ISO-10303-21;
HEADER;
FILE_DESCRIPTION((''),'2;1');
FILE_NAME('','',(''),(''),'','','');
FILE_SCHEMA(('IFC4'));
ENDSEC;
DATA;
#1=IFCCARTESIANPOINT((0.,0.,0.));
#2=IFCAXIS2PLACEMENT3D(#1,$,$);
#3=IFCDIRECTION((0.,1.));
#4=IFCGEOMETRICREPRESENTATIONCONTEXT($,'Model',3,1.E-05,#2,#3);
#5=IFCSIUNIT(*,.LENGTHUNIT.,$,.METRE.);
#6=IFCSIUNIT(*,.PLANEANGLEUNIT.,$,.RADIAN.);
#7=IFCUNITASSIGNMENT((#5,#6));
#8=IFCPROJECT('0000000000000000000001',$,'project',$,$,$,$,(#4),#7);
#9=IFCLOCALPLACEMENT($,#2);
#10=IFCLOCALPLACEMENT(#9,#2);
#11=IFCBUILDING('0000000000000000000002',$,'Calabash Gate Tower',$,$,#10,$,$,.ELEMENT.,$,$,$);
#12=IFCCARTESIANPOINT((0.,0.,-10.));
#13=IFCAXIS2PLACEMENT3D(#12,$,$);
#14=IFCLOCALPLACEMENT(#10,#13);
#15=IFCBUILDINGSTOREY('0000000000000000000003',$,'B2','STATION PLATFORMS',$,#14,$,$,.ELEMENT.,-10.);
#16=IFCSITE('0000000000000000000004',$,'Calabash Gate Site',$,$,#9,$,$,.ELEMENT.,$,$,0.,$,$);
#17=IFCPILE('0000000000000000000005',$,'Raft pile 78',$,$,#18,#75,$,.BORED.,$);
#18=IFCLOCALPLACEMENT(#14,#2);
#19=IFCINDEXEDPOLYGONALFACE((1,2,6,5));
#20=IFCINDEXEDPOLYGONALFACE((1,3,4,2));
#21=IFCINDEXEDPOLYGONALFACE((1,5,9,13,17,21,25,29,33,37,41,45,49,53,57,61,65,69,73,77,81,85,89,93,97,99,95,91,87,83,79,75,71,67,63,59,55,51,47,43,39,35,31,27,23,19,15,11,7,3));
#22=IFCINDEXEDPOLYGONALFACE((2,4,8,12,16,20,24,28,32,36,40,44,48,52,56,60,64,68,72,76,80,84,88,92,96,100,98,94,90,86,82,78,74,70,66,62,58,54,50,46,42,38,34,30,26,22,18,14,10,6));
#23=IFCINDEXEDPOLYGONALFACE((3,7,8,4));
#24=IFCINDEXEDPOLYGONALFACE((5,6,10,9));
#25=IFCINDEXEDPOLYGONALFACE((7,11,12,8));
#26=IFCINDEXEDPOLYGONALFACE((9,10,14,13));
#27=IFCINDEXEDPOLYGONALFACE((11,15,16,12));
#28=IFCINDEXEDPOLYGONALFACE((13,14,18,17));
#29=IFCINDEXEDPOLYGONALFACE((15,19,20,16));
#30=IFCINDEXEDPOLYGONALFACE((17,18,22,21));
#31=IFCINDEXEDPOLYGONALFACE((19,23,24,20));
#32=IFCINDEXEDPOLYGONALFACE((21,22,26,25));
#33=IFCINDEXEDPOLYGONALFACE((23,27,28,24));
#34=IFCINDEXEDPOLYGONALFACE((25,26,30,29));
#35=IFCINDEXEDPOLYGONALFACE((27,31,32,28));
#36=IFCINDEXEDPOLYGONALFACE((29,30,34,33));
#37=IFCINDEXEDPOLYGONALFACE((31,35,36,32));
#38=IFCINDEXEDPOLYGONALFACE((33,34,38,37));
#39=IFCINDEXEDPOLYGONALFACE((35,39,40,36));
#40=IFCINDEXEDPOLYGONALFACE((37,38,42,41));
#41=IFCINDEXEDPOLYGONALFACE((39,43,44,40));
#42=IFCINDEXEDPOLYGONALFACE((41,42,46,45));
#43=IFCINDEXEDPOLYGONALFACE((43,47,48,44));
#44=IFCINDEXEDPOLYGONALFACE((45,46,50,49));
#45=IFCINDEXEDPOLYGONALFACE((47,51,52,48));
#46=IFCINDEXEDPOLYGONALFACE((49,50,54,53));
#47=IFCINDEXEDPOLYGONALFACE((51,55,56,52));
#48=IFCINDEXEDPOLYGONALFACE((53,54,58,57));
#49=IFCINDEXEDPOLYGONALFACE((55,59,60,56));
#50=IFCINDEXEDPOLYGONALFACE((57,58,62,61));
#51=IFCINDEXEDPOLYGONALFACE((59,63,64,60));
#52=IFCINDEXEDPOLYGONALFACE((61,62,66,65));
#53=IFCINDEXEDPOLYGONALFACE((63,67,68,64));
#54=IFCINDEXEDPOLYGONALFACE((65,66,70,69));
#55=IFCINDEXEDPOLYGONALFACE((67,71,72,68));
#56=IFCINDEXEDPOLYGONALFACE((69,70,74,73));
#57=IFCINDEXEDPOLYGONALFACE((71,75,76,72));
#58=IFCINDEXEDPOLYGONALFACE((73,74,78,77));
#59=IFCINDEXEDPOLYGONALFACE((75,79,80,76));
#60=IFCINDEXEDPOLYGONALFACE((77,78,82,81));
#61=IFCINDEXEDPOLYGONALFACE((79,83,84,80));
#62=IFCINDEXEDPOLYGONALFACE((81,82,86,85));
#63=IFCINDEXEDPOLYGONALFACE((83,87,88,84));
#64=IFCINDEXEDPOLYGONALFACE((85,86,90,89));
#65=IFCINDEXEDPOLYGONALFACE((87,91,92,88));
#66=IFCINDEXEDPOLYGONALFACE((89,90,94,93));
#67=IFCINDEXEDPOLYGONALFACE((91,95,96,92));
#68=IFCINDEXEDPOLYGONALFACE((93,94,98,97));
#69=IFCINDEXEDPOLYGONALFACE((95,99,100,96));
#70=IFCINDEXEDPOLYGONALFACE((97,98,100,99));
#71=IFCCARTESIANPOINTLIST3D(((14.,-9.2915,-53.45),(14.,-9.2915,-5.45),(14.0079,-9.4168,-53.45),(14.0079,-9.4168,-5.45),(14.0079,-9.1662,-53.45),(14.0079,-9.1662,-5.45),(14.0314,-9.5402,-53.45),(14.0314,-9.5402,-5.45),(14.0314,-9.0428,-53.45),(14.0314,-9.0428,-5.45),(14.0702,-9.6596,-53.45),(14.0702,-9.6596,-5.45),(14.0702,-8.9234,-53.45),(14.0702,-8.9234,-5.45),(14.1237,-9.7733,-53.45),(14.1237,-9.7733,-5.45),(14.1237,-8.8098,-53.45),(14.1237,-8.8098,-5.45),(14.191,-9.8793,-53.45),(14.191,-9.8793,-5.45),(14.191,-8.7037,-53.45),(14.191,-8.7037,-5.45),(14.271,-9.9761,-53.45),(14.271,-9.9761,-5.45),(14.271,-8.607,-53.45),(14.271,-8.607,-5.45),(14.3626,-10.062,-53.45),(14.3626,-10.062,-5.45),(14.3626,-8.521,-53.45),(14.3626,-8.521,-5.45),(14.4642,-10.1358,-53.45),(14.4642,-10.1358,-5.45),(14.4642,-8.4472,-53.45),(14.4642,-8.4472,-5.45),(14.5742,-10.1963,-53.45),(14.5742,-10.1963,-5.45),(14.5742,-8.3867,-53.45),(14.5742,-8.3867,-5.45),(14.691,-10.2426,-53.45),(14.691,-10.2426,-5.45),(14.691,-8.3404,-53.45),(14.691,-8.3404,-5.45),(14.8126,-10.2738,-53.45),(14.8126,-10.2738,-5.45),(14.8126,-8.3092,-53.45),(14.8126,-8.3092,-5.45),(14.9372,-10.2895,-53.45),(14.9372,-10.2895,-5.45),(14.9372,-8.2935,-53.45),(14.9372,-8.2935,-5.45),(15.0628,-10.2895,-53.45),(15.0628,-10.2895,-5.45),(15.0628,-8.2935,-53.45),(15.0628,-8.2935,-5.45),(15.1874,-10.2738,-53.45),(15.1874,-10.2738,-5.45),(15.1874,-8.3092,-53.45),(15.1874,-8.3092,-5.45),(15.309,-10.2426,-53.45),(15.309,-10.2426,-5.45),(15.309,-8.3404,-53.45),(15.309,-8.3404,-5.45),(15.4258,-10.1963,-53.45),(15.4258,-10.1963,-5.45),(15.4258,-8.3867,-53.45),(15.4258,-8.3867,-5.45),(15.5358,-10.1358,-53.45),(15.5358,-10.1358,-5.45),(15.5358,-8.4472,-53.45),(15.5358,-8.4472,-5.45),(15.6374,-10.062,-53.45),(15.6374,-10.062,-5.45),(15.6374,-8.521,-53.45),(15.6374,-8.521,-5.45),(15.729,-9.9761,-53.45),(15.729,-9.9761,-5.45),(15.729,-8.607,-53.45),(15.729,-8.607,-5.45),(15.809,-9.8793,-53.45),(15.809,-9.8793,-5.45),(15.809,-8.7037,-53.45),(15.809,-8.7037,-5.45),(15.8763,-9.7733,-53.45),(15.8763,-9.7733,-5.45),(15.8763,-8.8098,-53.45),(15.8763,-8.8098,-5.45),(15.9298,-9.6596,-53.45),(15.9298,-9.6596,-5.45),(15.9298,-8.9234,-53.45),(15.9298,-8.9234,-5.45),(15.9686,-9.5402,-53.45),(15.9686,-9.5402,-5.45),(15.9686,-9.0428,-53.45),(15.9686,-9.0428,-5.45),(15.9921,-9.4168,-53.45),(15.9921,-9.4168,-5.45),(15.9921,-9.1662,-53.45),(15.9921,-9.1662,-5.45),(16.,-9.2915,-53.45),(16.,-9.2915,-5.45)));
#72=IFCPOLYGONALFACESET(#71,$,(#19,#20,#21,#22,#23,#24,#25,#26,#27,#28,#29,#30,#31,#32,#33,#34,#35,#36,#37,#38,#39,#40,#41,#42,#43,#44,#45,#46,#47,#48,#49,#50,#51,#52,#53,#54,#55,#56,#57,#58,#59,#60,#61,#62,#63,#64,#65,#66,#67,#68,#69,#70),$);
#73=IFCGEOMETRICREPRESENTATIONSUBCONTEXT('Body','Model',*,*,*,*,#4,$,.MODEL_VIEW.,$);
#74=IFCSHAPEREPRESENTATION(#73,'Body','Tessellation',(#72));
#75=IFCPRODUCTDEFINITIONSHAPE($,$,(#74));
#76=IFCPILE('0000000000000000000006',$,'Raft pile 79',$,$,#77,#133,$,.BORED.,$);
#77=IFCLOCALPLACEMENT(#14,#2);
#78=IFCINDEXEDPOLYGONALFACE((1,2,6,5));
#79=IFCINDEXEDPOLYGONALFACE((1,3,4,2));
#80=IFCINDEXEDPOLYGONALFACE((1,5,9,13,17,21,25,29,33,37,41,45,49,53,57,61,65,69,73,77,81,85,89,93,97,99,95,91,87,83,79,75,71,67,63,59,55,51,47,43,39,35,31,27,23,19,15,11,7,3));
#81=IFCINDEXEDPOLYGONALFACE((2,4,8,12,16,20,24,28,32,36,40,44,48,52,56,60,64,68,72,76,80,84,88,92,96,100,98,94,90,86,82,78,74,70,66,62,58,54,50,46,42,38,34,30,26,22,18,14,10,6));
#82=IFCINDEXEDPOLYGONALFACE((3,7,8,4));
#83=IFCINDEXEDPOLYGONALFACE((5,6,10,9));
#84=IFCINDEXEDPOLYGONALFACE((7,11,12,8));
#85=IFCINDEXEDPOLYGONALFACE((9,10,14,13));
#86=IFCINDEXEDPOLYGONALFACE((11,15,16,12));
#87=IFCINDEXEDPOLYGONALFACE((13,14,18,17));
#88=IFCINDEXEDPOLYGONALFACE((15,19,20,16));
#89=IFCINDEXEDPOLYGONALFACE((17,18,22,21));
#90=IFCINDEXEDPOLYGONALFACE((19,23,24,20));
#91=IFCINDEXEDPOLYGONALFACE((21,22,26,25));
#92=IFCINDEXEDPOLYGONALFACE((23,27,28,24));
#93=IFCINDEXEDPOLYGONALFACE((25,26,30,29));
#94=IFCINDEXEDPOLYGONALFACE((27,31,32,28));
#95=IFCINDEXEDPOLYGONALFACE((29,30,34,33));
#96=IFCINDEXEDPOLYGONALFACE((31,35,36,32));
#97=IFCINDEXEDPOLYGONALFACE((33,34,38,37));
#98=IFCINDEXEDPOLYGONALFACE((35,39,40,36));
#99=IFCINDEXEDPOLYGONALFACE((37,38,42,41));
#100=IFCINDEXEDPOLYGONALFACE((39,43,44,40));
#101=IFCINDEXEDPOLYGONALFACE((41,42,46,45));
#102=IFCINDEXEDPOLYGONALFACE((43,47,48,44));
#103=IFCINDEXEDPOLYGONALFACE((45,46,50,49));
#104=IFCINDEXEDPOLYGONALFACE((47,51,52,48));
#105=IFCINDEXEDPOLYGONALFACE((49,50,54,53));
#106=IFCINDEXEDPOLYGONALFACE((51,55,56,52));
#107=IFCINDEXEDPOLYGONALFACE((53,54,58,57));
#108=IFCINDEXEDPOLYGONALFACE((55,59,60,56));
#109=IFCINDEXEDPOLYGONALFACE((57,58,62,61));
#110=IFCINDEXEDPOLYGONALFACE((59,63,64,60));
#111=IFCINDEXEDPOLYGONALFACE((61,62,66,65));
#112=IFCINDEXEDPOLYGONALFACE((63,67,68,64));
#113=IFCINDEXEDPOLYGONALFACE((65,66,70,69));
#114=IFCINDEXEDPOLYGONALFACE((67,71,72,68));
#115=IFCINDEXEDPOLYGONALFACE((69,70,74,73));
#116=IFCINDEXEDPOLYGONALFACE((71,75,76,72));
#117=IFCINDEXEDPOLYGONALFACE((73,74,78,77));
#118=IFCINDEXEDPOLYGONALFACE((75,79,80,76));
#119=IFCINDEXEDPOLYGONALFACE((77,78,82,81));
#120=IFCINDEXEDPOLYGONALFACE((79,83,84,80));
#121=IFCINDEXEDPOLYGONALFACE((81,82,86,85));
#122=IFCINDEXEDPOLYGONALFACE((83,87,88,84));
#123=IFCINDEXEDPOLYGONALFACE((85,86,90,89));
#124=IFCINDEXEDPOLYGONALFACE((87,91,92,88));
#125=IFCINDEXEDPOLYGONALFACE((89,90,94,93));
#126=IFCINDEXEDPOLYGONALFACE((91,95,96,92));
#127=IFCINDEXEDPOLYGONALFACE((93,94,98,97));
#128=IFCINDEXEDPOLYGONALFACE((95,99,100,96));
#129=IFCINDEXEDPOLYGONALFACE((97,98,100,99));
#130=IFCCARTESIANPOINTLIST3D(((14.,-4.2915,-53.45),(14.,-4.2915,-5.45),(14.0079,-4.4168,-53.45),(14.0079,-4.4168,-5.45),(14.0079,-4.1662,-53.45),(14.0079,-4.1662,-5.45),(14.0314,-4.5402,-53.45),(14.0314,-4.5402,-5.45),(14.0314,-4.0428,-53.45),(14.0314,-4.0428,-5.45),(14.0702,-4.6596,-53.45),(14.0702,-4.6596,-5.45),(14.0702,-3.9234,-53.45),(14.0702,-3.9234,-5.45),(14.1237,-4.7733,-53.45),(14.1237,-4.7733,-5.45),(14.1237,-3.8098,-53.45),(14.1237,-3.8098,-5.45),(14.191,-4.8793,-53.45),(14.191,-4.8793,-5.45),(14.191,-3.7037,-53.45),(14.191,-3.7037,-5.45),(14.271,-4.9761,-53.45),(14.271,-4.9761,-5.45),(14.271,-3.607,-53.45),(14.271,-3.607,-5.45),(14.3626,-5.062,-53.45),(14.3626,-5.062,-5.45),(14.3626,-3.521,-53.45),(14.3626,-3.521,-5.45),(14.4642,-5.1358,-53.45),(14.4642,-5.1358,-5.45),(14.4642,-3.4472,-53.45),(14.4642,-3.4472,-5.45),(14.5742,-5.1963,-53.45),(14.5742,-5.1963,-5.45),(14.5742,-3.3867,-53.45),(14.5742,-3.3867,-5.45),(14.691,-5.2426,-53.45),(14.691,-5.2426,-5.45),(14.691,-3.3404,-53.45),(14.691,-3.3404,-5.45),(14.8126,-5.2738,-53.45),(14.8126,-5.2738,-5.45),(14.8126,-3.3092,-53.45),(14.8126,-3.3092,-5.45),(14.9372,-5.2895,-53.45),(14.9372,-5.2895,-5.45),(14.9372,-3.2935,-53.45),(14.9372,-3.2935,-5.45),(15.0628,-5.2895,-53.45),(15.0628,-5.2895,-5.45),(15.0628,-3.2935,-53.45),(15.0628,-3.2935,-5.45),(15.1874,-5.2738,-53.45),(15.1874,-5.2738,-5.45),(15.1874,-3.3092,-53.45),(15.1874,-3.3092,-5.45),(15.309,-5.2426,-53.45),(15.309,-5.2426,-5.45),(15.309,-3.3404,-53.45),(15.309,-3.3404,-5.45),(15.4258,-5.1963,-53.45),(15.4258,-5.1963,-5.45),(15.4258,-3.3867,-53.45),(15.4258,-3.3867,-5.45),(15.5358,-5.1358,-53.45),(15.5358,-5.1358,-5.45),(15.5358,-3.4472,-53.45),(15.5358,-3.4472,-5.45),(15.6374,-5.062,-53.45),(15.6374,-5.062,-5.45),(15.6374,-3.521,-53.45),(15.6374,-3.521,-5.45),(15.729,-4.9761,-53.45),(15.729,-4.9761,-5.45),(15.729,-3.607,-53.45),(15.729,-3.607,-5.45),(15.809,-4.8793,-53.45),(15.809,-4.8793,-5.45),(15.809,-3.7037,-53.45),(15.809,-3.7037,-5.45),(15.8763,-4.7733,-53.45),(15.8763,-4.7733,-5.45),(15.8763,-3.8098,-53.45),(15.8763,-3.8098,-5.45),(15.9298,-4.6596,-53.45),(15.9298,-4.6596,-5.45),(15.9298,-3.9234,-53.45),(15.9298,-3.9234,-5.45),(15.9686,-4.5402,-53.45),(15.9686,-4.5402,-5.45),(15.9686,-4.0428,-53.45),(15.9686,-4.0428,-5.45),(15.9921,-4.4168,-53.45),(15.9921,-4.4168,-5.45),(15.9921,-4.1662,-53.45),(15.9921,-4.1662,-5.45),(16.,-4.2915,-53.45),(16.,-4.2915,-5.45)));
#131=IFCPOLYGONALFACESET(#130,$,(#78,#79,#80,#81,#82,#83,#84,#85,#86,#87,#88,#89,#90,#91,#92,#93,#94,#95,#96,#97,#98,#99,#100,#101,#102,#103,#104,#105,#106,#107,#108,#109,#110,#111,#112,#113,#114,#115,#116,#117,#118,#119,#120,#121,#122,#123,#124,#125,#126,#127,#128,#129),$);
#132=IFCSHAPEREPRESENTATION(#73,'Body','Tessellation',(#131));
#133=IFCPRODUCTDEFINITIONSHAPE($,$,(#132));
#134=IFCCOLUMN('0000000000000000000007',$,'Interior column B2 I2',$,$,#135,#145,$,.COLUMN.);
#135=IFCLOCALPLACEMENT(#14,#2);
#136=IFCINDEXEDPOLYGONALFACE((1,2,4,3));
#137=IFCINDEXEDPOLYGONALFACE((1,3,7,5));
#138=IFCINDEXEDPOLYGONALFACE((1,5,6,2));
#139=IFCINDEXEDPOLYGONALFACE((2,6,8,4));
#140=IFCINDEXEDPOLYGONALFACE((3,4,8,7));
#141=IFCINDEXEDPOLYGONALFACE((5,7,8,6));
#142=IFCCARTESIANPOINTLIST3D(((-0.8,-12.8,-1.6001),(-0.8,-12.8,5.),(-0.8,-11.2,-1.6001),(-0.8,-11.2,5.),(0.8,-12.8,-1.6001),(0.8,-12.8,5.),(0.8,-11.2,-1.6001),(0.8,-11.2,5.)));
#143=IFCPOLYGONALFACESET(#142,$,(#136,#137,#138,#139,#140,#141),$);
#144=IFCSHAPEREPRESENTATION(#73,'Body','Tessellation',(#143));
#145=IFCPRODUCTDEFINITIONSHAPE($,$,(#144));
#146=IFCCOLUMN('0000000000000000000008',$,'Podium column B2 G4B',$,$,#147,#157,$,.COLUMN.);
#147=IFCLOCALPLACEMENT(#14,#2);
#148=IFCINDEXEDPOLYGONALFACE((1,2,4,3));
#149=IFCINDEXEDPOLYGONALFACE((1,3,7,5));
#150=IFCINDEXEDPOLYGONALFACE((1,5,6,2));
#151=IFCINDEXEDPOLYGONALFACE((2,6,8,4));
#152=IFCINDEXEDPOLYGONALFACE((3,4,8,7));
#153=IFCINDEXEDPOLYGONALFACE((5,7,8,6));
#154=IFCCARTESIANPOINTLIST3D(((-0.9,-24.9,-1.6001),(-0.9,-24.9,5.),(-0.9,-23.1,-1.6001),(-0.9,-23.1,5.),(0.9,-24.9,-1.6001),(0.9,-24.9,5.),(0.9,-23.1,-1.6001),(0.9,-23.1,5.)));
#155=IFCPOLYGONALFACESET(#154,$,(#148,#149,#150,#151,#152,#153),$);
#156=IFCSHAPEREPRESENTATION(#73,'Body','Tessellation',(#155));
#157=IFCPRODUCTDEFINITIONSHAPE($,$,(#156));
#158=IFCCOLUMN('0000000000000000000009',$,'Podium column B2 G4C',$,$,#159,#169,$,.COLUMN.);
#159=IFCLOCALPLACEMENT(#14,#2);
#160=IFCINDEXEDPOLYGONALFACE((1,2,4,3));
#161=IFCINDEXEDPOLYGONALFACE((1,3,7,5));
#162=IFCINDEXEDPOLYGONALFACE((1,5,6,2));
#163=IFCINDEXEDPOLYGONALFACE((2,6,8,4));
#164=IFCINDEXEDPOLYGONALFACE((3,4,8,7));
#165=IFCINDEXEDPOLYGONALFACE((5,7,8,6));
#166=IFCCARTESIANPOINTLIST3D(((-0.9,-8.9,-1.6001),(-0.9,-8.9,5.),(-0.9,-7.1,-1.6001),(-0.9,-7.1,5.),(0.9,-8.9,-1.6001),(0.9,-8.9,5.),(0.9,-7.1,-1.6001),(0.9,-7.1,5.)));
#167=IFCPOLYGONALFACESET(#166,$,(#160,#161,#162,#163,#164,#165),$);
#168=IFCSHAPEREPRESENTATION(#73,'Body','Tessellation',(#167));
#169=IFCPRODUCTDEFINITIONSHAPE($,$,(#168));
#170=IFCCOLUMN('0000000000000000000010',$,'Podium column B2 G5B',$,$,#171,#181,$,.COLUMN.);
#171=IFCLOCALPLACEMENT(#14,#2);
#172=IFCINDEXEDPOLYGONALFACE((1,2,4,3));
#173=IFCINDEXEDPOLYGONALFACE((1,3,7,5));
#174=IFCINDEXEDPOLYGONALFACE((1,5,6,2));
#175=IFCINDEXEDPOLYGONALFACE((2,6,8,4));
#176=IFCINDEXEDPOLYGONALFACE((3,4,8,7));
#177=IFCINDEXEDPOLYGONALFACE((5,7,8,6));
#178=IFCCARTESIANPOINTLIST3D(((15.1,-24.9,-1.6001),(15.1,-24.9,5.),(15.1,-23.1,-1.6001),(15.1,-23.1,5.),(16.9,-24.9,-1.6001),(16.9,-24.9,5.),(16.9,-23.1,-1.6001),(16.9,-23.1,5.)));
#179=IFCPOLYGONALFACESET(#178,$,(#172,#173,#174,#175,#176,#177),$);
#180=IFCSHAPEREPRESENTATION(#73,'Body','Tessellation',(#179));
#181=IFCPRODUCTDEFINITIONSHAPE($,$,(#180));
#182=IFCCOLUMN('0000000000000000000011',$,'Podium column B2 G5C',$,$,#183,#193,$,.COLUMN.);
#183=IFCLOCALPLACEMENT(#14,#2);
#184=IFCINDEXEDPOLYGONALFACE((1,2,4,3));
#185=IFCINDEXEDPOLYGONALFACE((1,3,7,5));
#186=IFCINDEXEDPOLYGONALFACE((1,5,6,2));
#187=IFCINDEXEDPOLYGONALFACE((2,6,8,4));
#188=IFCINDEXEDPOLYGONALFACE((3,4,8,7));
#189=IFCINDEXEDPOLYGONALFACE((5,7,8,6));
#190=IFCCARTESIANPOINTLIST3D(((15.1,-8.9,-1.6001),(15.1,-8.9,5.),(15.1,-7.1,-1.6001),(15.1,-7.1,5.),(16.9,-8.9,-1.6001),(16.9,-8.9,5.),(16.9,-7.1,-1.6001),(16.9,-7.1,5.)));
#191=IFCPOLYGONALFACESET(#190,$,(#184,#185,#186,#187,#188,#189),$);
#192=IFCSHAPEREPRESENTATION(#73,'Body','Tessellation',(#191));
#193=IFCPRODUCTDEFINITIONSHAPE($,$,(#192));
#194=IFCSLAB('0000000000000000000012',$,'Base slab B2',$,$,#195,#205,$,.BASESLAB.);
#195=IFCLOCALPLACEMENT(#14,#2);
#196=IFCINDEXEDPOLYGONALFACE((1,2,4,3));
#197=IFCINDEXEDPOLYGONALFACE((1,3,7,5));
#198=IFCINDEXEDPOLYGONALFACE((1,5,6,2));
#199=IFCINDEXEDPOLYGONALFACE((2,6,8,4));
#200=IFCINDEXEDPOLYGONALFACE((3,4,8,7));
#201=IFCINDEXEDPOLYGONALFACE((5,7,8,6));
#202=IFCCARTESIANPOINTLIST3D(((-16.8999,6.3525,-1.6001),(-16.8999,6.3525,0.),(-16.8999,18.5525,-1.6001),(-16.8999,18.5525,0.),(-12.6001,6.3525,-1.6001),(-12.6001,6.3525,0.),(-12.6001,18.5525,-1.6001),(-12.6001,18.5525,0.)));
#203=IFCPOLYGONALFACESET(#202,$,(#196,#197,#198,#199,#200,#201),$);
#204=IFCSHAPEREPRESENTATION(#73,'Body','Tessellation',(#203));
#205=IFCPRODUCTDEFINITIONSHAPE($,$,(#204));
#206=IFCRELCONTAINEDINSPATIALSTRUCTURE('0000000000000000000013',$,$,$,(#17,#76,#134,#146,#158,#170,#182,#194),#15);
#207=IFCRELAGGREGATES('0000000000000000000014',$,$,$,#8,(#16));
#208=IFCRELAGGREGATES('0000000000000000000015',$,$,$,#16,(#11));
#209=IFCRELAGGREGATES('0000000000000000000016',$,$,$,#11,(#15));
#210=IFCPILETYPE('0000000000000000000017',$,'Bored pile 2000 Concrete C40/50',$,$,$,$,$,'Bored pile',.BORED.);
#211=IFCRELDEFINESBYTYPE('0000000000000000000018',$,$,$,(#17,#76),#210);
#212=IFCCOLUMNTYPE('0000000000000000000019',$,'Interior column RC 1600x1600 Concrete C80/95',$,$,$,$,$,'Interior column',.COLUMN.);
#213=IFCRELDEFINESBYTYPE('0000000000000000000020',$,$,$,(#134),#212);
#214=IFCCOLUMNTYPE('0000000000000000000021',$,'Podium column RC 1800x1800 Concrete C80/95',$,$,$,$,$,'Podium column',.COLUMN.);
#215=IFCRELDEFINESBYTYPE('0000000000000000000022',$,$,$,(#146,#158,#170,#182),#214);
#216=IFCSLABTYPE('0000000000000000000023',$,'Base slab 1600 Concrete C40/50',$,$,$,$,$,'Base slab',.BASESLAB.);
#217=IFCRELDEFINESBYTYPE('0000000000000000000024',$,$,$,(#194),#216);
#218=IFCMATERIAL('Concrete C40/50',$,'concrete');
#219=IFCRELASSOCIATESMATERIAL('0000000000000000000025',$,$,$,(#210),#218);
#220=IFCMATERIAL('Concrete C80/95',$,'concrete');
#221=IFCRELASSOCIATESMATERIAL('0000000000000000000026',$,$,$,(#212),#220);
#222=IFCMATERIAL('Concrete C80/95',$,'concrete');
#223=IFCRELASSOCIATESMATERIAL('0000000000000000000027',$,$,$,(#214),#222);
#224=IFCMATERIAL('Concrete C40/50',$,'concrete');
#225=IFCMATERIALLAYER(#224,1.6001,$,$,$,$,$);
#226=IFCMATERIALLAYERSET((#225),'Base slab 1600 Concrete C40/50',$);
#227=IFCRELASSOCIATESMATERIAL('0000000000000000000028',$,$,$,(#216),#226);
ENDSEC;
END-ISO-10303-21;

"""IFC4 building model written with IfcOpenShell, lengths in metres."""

from ifc_helpers import new_model, si_unit, direction, frame, origin, origin_2d, place, context, subcontext, project, spatial, polyline, rectangle, circle, outline, extrude, material, layer, layer_set, material_profile, profile_set, type_object, element, save


model = new_model("IFC4")

# Units and contexts
model_context = context("Model", 3, precision=1e-05, world=origin(), true_north=direction((0.0, 1.0)))
body_context = subcontext(model_context, "Body", "Model", "MODEL_VIEW")
ifc_project = project(units=[si_unit("LENGTHUNIT", "METRE"), si_unit("PLANEANGLEUNIT", "RADIAN")], contexts=[model_context])

# Site, building, storey
site_placement = place(None, origin())
site = spatial("IfcSite", under=ifc_project, at=site_placement, Name="Calabash Gate Site", CompositionType="ELEMENT", RefElevation=0.0)
building_placement = place(site_placement, origin())
building = spatial("IfcBuilding", under=site, at=building_placement, Name="Calabash Gate Tower", CompositionType="ELEMENT")
storey_placement = place(building_placement, frame((0.0, 0.0, -10.0)))
storey = spatial("IfcBuildingStorey", under=building, at=storey_placement, Name="B2", Description="STATION PLATFORMS", CompositionType="ELEMENT", Elevation=-10.0)

# Piles
ifc_material_1 = material(Name="Concrete C40/50", Category="concrete")
ifc_material_profile_1 = material_profile(ifc_material_1, circle(Radius=1.0, at=origin_2d()))
ifc_profile_set_1 = profile_set([ifc_material_profile_1], Name="Concrete C40/50")
pile_type = type_object("IfcPileType", Name="Bored pile 2000 Concrete C40/50", ElementType="Bored pile", PredefinedType="BORED", material=ifc_profile_set_1)
for number, where, z_axis, x_axis, name in (
    (1, (15.0, -9.2915, -5.45), (0.0, 0.0, -1.0), (1.0, 0.0, 0.0), "Raft pile 78"),
    (2, (15.0, -4.2915, -5.45), (0.0, 0.0, -1.0), (1.0, 0.0, 0.0), "Raft pile 79"),
):
    element("IfcPile", number, at=place(storey_placement, frame(where, z_axis=z_axis, x_axis=x_axis)), inside=storey, type_object=pile_type, Name=name, PredefinedType="BORED", context=body_context, shape_type="SweptSolid", body=[
        extrude(circle(Radius=1.0, at=origin_2d()), origin(), (0.0, 0.0, 1.0), 48.0),
    ])

# Columns
ifc_material_2 = material(Name="Concrete C80/95", Category="concrete")
ifc_material_profile_2 = material_profile(ifc_material_2, rectangle(XDim=1.6001, YDim=1.6001, at=origin_2d()))
ifc_profile_set_2 = profile_set([ifc_material_profile_2], Name="Concrete C80/95")
column_type_1 = type_object("IfcColumnType", Name="Interior column RC 1600x1600 Concrete C80/95", ElementType="Interior column", PredefinedType="COLUMN", material=ifc_profile_set_2)
column_placement = place(storey_placement, frame((0.0, -12.0, -1.6001), z_axis=(0.0, 0.0, 1.0), x_axis=(1.0, 0.0, 0.0)))
element("IfcColumn", 3, at=column_placement, inside=storey, type_object=column_type_1, Name="Interior column B2 I2", PredefinedType="COLUMN", context=body_context, shape_type="SweptSolid", body=[
    extrude(rectangle(XDim=1.6001, YDim=1.6001, at=origin_2d()), origin(), (0.0, 0.0, 1.0), 6.6001),
])
ifc_material_3 = material(Name="Concrete C80/95", Category="concrete")
ifc_material_profile_3 = material_profile(ifc_material_3, rectangle(XDim=1.8, YDim=1.8, at=origin_2d()))
ifc_profile_set_3 = profile_set([ifc_material_profile_3], Name="Concrete C80/95")
column_type_2 = type_object("IfcColumnType", Name="Podium column RC 1800x1800 Concrete C80/95", ElementType="Podium column", PredefinedType="COLUMN", material=ifc_profile_set_3)
for number, where, z_axis, x_axis, name in (
    (4, (0.0, -24.0, -1.6001), (0.0, 0.0, 1.0), (1.0, 0.0, 0.0), "Podium column B2 G4B"),
    (5, (0.0, -8.0, -1.6001), (0.0, 0.0, 1.0), (1.0, 0.0, 0.0), "Podium column B2 G4C"),
    (6, (16.0, -24.0, -1.6001), (0.0, 0.0, 1.0), (1.0, 0.0, 0.0), "Podium column B2 G5B"),
    (7, (16.0, -8.0, -1.6001), (0.0, 0.0, 1.0), (1.0, 0.0, 0.0), "Podium column B2 G5C"),
):
    element("IfcColumn", number, at=place(storey_placement, frame(where, z_axis=z_axis, x_axis=x_axis)), inside=storey, type_object=column_type_2, Name=name, PredefinedType="COLUMN", context=body_context, shape_type="SweptSolid", body=[
        extrude(rectangle(XDim=1.8, YDim=1.8, at=origin_2d()), origin(), (0.0, 0.0, 1.0), 6.6001),
    ])

# Slab
ifc_material_4 = material(Name="Concrete C40/50", Category="concrete")
ifc_layer = layer(ifc_material_4, 1.6001)
ifc_layer_set = layer_set([ifc_layer], Name="Base slab 1600 Concrete C40/50")
slab_type = type_object("IfcSlabType", Name="Base slab 1600 Concrete C40/50", ElementType="Base slab", PredefinedType="BASESLAB", material=ifc_layer_set)
slab_1_placement = place(storey_placement, frame((0.0, 0.0, -1.6001)))
element("IfcSlab", 8, at=slab_1_placement, inside=storey, type_object=slab_type, Name="Base slab B2", PredefinedType="BASESLAB", context=body_context, shape_type="SweptSolid", body=[
    extrude(outline(polyline([(-16.8999, 18.5525), (-12.6001, 18.5525), (-12.6001, 6.3525), (-16.8999, 6.3525), (-16.8999, 18.5525)])), origin(), (0.0, 0.0, 1.0), 1.6001),
])

save(model, "model.ifc")
